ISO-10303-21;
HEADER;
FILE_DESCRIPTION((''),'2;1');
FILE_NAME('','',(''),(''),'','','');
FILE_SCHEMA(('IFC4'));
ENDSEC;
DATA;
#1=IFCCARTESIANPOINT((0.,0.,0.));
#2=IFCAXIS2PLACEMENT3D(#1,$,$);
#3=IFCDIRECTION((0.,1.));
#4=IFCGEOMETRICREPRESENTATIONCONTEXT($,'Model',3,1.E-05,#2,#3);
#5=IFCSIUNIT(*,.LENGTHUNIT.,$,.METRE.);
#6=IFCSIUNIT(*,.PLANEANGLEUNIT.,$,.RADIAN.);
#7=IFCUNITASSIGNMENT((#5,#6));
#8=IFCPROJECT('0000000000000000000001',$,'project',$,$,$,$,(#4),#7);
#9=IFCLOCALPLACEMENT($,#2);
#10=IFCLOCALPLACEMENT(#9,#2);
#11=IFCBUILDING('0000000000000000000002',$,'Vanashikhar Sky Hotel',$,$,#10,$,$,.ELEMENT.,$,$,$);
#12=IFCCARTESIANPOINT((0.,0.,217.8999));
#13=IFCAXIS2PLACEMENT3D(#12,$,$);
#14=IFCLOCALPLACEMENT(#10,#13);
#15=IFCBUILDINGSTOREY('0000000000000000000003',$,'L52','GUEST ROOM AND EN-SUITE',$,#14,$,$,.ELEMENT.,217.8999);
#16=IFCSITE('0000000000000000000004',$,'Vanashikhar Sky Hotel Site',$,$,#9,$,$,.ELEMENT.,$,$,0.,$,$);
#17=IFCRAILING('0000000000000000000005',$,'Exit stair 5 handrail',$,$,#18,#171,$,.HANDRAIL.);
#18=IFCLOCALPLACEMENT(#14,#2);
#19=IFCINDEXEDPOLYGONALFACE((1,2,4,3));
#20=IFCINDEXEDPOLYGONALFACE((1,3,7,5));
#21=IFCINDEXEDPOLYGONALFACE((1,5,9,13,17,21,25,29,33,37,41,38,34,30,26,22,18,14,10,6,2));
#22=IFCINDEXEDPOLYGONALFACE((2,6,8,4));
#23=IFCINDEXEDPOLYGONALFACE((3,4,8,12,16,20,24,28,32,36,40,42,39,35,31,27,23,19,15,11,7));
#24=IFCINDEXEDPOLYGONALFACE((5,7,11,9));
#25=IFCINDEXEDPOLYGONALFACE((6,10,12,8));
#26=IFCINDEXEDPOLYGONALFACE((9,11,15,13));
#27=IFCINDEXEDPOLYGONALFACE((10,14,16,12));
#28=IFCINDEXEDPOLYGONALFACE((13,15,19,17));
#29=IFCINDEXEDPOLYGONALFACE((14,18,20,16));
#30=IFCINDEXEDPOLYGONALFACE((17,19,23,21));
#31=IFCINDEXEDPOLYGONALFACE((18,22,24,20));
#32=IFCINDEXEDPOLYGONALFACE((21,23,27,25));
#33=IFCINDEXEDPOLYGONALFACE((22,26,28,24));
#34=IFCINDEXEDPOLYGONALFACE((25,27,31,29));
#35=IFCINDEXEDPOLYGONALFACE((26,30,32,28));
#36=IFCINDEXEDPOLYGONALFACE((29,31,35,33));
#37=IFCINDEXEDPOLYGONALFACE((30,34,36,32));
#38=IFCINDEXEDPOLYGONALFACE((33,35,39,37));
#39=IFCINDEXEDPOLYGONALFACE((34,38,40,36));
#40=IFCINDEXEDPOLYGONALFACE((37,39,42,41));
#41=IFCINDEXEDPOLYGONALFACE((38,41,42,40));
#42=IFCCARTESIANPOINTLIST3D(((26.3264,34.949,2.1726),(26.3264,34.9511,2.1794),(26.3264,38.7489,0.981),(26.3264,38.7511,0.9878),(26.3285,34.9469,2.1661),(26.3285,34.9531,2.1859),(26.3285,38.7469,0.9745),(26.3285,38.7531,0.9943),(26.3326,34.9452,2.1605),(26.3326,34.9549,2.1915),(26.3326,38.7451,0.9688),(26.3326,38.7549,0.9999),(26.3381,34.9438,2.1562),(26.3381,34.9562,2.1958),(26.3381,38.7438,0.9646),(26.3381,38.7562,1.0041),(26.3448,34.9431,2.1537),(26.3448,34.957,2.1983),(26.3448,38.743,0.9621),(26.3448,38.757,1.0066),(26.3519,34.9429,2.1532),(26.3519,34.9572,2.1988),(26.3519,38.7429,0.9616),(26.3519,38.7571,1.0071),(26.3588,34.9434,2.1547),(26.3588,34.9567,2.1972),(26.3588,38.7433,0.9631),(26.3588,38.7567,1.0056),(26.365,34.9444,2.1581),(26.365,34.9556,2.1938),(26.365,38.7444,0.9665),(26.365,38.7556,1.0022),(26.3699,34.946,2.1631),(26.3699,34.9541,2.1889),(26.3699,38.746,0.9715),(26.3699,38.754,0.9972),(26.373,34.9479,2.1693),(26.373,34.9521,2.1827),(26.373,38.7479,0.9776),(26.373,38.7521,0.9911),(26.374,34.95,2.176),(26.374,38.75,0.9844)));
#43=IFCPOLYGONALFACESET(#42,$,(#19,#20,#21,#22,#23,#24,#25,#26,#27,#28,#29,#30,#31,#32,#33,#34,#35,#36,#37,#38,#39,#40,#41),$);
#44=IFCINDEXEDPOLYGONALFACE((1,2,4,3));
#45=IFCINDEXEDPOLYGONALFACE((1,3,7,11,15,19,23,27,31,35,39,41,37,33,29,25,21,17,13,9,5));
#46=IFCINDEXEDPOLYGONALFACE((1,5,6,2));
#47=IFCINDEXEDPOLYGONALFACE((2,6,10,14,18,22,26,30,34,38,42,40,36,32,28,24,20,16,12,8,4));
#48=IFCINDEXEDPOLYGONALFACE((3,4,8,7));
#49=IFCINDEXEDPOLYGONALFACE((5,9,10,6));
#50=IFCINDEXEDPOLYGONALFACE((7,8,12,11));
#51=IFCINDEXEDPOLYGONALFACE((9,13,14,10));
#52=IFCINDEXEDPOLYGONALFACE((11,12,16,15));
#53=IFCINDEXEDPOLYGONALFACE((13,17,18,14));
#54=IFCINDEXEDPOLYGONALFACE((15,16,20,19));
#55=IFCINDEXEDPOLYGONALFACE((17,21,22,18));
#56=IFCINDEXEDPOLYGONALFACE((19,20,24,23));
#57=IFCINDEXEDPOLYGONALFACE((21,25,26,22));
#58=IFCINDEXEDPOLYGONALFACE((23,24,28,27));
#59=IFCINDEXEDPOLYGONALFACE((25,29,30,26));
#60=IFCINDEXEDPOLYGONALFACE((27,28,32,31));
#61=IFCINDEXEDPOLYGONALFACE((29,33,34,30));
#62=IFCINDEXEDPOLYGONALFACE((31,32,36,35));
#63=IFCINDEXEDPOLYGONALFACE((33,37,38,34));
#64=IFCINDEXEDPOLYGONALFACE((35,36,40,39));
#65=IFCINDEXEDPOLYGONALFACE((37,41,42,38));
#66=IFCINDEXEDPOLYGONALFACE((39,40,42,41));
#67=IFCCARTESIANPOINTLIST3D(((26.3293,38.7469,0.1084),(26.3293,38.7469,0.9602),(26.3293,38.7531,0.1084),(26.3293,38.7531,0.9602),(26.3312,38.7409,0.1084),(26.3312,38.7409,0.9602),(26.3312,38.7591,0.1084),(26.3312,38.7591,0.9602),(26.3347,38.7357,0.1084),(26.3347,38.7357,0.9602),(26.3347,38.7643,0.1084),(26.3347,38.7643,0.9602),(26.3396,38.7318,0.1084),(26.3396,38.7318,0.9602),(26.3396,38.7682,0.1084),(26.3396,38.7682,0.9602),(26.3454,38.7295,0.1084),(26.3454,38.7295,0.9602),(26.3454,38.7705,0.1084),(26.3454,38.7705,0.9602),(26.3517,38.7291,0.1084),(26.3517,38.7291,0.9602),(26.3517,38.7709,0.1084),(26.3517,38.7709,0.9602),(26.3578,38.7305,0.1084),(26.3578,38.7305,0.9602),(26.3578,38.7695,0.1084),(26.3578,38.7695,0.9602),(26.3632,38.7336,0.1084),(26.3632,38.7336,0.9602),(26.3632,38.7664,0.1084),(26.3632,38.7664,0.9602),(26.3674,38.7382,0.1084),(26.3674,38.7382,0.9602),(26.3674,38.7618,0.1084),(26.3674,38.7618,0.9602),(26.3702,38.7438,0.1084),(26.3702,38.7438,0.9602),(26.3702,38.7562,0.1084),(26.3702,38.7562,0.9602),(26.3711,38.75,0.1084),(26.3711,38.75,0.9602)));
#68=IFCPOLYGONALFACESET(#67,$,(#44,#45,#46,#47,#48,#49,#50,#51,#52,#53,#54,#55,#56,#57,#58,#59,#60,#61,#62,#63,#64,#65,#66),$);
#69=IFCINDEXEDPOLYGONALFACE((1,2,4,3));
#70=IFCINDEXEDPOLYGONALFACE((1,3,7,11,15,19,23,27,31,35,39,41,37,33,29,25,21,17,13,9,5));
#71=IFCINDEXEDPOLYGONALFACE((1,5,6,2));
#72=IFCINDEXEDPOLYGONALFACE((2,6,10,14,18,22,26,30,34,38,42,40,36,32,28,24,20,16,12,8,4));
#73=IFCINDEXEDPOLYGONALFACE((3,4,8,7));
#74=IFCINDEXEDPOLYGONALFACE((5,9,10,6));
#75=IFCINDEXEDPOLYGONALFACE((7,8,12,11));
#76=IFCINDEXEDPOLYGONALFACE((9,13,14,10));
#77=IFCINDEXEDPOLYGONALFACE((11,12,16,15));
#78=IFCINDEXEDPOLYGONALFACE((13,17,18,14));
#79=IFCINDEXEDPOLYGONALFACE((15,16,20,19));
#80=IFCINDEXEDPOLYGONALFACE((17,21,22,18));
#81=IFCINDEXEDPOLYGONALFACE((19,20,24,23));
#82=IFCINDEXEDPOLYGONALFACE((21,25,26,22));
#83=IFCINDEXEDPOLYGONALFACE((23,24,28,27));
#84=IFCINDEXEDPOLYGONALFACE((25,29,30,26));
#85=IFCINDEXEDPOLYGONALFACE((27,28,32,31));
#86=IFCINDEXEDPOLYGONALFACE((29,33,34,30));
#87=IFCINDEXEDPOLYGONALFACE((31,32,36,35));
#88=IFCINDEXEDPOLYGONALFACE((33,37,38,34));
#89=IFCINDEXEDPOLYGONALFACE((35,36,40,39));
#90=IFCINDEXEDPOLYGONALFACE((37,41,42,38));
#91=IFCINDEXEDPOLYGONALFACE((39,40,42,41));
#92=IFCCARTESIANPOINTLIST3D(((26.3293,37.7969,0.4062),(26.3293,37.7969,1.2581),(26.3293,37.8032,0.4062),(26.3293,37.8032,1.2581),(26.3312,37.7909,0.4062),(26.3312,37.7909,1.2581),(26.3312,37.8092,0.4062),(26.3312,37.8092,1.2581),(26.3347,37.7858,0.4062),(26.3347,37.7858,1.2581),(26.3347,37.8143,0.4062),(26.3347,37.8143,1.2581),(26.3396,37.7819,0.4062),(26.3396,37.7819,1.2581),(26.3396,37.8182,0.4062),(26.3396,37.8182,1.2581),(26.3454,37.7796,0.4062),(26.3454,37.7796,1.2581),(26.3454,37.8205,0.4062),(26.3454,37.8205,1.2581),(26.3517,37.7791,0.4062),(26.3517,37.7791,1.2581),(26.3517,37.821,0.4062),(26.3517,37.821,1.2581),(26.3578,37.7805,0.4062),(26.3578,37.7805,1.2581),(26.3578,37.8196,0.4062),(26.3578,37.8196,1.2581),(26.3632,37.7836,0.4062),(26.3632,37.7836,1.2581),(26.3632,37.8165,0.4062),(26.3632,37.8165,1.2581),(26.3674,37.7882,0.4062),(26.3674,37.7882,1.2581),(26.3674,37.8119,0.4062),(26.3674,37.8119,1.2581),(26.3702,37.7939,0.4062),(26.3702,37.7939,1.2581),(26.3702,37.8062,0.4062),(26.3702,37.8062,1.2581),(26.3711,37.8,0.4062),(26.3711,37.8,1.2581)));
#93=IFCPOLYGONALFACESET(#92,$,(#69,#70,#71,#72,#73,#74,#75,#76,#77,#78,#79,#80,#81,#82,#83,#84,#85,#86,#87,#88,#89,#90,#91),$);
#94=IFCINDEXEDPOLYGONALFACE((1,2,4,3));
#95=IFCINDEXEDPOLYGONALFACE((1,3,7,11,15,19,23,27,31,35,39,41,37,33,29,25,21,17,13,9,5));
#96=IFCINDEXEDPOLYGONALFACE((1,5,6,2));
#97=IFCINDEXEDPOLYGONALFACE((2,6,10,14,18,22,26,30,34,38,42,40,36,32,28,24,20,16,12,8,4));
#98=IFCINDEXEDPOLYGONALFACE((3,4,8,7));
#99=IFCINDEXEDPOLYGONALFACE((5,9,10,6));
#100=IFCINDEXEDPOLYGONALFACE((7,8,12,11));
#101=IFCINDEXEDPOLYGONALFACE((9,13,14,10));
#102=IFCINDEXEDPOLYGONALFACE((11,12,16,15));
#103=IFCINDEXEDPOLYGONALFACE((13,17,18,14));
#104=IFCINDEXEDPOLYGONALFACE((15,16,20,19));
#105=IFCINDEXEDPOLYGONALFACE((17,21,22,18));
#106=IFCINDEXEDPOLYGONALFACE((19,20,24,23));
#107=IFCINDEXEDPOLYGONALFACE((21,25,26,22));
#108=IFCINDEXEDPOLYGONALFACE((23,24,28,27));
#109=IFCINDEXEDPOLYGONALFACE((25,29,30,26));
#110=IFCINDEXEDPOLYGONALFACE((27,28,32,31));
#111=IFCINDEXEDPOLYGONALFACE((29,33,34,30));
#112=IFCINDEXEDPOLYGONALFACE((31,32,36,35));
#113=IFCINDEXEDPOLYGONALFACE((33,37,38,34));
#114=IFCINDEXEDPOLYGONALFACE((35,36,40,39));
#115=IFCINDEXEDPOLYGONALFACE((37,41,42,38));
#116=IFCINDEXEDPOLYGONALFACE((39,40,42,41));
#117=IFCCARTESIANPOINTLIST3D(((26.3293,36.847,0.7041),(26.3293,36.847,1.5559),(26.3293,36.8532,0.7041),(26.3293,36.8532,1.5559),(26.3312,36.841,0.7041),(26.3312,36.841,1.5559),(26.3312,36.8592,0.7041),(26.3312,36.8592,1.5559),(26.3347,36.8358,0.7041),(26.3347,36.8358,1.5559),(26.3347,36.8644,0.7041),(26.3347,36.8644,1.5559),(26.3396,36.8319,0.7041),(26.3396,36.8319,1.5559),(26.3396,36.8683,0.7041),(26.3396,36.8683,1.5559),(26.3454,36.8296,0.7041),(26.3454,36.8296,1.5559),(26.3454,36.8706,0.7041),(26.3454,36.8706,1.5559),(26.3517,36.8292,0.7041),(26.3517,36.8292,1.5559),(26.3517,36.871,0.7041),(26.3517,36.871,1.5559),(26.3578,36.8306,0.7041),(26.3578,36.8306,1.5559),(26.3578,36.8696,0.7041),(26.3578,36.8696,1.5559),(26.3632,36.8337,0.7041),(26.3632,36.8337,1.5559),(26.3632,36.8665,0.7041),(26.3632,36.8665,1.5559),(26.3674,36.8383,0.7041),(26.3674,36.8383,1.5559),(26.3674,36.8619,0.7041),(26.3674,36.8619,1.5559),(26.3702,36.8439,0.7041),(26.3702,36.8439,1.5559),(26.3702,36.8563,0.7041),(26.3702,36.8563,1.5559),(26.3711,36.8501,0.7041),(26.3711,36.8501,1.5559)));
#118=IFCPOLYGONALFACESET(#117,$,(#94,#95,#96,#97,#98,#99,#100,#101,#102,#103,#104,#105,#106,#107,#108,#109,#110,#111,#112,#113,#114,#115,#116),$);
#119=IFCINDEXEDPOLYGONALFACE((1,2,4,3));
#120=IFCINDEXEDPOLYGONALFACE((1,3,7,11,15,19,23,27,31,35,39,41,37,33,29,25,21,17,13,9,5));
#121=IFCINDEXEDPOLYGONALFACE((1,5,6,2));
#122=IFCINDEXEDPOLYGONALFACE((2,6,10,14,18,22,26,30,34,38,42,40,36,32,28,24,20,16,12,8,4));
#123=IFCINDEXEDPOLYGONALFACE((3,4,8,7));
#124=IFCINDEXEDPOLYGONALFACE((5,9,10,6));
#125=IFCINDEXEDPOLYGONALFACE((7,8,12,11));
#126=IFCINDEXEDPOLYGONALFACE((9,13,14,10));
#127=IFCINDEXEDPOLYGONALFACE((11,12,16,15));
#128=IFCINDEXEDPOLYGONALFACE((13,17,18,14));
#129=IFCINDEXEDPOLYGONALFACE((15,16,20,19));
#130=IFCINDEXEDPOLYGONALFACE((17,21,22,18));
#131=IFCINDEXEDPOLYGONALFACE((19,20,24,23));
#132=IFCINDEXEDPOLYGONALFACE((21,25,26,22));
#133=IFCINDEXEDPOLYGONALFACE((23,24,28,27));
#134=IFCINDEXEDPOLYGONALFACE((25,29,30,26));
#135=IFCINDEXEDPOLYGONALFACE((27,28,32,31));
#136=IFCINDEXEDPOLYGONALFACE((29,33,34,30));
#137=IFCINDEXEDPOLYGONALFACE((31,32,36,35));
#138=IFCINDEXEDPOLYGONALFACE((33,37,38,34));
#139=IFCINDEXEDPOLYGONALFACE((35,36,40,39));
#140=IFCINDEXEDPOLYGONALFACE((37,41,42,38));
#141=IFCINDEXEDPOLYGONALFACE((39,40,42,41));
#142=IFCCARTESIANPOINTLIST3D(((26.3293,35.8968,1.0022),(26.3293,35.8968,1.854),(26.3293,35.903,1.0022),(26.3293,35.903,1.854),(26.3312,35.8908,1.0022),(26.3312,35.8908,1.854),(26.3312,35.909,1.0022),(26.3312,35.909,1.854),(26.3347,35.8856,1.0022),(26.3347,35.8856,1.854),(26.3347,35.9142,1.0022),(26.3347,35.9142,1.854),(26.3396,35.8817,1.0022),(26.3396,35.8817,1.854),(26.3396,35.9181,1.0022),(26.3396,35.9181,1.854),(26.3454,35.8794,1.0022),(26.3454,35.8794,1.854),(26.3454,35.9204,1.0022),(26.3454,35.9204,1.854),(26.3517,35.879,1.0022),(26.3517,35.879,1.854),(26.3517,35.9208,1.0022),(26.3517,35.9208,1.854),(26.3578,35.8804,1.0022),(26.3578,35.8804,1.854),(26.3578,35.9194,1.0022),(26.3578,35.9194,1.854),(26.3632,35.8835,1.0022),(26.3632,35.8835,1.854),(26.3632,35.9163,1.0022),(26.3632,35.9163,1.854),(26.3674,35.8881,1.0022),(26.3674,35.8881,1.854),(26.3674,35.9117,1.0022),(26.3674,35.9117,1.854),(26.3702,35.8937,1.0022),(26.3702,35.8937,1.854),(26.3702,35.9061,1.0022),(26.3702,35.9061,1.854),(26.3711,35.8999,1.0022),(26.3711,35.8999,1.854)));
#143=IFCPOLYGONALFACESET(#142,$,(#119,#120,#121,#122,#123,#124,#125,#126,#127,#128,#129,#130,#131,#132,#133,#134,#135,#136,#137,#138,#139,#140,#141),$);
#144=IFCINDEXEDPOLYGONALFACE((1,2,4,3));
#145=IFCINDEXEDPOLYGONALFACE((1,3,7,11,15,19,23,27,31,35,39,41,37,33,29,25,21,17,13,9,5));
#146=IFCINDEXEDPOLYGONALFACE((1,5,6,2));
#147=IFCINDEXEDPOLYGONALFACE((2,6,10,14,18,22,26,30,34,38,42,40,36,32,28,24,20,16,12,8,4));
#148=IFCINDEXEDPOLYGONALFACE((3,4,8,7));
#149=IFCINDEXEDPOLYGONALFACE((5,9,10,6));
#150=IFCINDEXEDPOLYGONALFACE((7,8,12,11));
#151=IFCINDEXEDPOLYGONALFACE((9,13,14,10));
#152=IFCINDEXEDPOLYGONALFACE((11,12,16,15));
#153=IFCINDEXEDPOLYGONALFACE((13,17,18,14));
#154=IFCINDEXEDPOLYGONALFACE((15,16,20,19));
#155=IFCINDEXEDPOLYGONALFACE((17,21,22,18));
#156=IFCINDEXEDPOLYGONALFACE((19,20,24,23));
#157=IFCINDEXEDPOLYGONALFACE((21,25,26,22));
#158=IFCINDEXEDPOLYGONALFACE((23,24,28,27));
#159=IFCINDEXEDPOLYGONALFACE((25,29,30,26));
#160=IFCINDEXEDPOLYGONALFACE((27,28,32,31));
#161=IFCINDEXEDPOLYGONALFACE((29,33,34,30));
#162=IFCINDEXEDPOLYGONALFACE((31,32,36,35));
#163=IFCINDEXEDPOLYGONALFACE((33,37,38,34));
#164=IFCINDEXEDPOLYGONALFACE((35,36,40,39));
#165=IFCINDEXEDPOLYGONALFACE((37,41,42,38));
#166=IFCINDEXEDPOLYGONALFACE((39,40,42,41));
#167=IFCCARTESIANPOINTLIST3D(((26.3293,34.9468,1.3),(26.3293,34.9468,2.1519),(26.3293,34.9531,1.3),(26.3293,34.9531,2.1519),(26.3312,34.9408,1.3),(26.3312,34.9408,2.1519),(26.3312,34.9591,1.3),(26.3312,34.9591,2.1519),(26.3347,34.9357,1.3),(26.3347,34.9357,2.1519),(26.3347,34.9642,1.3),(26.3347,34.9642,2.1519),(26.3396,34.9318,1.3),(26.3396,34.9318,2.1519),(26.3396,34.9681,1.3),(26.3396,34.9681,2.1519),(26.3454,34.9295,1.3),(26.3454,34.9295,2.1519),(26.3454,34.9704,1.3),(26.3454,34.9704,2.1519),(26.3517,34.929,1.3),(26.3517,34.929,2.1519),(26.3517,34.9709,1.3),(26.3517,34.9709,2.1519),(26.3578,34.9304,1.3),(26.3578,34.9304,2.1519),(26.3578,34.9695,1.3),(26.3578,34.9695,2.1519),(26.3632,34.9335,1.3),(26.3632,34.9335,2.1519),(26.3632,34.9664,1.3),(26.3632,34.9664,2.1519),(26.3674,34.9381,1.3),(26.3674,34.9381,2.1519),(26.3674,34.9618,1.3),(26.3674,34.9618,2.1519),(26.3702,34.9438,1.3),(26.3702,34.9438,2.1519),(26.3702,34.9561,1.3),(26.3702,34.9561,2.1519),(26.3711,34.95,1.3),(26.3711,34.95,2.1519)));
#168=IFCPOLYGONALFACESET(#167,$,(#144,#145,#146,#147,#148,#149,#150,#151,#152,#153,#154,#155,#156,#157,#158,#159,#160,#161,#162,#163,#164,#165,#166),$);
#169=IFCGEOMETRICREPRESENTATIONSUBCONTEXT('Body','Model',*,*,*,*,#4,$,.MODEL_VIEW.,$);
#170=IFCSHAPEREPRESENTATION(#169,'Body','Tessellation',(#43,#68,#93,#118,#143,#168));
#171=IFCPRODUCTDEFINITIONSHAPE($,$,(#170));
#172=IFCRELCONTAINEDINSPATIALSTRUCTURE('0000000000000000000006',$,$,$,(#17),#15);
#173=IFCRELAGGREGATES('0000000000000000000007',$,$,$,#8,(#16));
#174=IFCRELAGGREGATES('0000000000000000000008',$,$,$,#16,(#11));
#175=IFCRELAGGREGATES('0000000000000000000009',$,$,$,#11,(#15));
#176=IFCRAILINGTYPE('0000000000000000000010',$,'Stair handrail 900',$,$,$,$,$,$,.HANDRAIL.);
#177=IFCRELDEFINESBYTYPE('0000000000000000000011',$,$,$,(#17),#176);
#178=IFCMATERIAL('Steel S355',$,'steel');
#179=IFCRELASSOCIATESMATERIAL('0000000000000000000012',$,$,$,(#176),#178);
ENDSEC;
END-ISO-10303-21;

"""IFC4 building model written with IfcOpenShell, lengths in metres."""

from ifc_helpers import new_model, si_unit, direction, frame, origin, origin_2d, place, context, subcontext, project, spatial, circle, extrude, source, transform, mapped, material, type_object, element, save


model = new_model("IFC4")

# Units and contexts
model_context = context("Model", 3, precision=1e-05, world=origin(), true_north=direction((0.0, 1.0)))
body_context = subcontext(model_context, "Body", "Model", "MODEL_VIEW")
ifc_project = project(units=[si_unit("LENGTHUNIT", "METRE"), si_unit("PLANEANGLEUNIT", "RADIAN")], contexts=[model_context])

# Site, building, storey
site_placement = place(None, origin())
site = spatial("IfcSite", under=ifc_project, at=site_placement, Name="Vanashikhar Sky Hotel Site", CompositionType="ELEMENT", RefElevation=0.0)
building_placement = place(site_placement, origin())
building = spatial("IfcBuilding", under=site, at=building_placement, Name="Vanashikhar Sky Hotel", CompositionType="ELEMENT")
storey_placement = place(building_placement, frame((0.0, 0.0, 217.8999)))
storey = spatial("IfcBuildingStorey", under=building, at=storey_placement, Name="L52", Description="GUEST ROOM AND EN-SUITE", CompositionType="ELEMENT", Elevation=217.8999)

# Railing
ifc_material_1 = material(Name="Steel S355", Category="steel")
railing_type_1 = type_object("IfcRailingType", Name="Stair handrail 900", PredefinedType="HANDRAIL", material=ifc_material_1)
shared_shape_1 = source(origin(), body_context, "Body", "SweptSolid", [
    extrude(circle(Radius=0.0239, at=origin_2d()), frame((0.0, 0.0, 0.876), z_axis=(0.0, -0.954184, 0.299221), x_axis=(1.0, 0.0, 0.0)), (0.0, 0.0, 1.0), 3.9824),
    extrude(circle(Radius=0.021, at=origin_2d()), origin(), (0.0, 0.0, 1.0), 0.8518),
    extrude(circle(Radius=0.021, at=origin_2d()), frame((0.0, -0.95, 0.2979)), (0.0, 0.0, 1.0), 0.8518),
    extrude(circle(Radius=0.021, at=origin_2d()), frame((0.0, -1.8999, 0.5957)), (0.0, 0.0, 1.0), 0.8518),
    extrude(circle(Radius=0.021, at=origin_2d()), frame((0.0, -2.8501, 0.8938)), (0.0, 0.0, 1.0), 0.8518),
    extrude(circle(Radius=0.021, at=origin_2d()), frame((0.0, -3.8, 1.1917)), (0.0, 0.0, 1.0), 0.8518),
])
for number, where, name in (
    (1, (26.3501, 38.75, 0.1084), "Exit stair 5 handrail"),
):
    element("IfcRailing", number, at=place(storey_placement, frame(where)), inside=storey, type_object=railing_type_1, Name=name, PredefinedType="HANDRAIL", context=body_context, shape_type="MappedRepresentation", body=[
        mapped(shared_shape_1, transform((0.0, 0.0, 0.0), scale=1.0)),
    ])

save(model, "model.ifc")
